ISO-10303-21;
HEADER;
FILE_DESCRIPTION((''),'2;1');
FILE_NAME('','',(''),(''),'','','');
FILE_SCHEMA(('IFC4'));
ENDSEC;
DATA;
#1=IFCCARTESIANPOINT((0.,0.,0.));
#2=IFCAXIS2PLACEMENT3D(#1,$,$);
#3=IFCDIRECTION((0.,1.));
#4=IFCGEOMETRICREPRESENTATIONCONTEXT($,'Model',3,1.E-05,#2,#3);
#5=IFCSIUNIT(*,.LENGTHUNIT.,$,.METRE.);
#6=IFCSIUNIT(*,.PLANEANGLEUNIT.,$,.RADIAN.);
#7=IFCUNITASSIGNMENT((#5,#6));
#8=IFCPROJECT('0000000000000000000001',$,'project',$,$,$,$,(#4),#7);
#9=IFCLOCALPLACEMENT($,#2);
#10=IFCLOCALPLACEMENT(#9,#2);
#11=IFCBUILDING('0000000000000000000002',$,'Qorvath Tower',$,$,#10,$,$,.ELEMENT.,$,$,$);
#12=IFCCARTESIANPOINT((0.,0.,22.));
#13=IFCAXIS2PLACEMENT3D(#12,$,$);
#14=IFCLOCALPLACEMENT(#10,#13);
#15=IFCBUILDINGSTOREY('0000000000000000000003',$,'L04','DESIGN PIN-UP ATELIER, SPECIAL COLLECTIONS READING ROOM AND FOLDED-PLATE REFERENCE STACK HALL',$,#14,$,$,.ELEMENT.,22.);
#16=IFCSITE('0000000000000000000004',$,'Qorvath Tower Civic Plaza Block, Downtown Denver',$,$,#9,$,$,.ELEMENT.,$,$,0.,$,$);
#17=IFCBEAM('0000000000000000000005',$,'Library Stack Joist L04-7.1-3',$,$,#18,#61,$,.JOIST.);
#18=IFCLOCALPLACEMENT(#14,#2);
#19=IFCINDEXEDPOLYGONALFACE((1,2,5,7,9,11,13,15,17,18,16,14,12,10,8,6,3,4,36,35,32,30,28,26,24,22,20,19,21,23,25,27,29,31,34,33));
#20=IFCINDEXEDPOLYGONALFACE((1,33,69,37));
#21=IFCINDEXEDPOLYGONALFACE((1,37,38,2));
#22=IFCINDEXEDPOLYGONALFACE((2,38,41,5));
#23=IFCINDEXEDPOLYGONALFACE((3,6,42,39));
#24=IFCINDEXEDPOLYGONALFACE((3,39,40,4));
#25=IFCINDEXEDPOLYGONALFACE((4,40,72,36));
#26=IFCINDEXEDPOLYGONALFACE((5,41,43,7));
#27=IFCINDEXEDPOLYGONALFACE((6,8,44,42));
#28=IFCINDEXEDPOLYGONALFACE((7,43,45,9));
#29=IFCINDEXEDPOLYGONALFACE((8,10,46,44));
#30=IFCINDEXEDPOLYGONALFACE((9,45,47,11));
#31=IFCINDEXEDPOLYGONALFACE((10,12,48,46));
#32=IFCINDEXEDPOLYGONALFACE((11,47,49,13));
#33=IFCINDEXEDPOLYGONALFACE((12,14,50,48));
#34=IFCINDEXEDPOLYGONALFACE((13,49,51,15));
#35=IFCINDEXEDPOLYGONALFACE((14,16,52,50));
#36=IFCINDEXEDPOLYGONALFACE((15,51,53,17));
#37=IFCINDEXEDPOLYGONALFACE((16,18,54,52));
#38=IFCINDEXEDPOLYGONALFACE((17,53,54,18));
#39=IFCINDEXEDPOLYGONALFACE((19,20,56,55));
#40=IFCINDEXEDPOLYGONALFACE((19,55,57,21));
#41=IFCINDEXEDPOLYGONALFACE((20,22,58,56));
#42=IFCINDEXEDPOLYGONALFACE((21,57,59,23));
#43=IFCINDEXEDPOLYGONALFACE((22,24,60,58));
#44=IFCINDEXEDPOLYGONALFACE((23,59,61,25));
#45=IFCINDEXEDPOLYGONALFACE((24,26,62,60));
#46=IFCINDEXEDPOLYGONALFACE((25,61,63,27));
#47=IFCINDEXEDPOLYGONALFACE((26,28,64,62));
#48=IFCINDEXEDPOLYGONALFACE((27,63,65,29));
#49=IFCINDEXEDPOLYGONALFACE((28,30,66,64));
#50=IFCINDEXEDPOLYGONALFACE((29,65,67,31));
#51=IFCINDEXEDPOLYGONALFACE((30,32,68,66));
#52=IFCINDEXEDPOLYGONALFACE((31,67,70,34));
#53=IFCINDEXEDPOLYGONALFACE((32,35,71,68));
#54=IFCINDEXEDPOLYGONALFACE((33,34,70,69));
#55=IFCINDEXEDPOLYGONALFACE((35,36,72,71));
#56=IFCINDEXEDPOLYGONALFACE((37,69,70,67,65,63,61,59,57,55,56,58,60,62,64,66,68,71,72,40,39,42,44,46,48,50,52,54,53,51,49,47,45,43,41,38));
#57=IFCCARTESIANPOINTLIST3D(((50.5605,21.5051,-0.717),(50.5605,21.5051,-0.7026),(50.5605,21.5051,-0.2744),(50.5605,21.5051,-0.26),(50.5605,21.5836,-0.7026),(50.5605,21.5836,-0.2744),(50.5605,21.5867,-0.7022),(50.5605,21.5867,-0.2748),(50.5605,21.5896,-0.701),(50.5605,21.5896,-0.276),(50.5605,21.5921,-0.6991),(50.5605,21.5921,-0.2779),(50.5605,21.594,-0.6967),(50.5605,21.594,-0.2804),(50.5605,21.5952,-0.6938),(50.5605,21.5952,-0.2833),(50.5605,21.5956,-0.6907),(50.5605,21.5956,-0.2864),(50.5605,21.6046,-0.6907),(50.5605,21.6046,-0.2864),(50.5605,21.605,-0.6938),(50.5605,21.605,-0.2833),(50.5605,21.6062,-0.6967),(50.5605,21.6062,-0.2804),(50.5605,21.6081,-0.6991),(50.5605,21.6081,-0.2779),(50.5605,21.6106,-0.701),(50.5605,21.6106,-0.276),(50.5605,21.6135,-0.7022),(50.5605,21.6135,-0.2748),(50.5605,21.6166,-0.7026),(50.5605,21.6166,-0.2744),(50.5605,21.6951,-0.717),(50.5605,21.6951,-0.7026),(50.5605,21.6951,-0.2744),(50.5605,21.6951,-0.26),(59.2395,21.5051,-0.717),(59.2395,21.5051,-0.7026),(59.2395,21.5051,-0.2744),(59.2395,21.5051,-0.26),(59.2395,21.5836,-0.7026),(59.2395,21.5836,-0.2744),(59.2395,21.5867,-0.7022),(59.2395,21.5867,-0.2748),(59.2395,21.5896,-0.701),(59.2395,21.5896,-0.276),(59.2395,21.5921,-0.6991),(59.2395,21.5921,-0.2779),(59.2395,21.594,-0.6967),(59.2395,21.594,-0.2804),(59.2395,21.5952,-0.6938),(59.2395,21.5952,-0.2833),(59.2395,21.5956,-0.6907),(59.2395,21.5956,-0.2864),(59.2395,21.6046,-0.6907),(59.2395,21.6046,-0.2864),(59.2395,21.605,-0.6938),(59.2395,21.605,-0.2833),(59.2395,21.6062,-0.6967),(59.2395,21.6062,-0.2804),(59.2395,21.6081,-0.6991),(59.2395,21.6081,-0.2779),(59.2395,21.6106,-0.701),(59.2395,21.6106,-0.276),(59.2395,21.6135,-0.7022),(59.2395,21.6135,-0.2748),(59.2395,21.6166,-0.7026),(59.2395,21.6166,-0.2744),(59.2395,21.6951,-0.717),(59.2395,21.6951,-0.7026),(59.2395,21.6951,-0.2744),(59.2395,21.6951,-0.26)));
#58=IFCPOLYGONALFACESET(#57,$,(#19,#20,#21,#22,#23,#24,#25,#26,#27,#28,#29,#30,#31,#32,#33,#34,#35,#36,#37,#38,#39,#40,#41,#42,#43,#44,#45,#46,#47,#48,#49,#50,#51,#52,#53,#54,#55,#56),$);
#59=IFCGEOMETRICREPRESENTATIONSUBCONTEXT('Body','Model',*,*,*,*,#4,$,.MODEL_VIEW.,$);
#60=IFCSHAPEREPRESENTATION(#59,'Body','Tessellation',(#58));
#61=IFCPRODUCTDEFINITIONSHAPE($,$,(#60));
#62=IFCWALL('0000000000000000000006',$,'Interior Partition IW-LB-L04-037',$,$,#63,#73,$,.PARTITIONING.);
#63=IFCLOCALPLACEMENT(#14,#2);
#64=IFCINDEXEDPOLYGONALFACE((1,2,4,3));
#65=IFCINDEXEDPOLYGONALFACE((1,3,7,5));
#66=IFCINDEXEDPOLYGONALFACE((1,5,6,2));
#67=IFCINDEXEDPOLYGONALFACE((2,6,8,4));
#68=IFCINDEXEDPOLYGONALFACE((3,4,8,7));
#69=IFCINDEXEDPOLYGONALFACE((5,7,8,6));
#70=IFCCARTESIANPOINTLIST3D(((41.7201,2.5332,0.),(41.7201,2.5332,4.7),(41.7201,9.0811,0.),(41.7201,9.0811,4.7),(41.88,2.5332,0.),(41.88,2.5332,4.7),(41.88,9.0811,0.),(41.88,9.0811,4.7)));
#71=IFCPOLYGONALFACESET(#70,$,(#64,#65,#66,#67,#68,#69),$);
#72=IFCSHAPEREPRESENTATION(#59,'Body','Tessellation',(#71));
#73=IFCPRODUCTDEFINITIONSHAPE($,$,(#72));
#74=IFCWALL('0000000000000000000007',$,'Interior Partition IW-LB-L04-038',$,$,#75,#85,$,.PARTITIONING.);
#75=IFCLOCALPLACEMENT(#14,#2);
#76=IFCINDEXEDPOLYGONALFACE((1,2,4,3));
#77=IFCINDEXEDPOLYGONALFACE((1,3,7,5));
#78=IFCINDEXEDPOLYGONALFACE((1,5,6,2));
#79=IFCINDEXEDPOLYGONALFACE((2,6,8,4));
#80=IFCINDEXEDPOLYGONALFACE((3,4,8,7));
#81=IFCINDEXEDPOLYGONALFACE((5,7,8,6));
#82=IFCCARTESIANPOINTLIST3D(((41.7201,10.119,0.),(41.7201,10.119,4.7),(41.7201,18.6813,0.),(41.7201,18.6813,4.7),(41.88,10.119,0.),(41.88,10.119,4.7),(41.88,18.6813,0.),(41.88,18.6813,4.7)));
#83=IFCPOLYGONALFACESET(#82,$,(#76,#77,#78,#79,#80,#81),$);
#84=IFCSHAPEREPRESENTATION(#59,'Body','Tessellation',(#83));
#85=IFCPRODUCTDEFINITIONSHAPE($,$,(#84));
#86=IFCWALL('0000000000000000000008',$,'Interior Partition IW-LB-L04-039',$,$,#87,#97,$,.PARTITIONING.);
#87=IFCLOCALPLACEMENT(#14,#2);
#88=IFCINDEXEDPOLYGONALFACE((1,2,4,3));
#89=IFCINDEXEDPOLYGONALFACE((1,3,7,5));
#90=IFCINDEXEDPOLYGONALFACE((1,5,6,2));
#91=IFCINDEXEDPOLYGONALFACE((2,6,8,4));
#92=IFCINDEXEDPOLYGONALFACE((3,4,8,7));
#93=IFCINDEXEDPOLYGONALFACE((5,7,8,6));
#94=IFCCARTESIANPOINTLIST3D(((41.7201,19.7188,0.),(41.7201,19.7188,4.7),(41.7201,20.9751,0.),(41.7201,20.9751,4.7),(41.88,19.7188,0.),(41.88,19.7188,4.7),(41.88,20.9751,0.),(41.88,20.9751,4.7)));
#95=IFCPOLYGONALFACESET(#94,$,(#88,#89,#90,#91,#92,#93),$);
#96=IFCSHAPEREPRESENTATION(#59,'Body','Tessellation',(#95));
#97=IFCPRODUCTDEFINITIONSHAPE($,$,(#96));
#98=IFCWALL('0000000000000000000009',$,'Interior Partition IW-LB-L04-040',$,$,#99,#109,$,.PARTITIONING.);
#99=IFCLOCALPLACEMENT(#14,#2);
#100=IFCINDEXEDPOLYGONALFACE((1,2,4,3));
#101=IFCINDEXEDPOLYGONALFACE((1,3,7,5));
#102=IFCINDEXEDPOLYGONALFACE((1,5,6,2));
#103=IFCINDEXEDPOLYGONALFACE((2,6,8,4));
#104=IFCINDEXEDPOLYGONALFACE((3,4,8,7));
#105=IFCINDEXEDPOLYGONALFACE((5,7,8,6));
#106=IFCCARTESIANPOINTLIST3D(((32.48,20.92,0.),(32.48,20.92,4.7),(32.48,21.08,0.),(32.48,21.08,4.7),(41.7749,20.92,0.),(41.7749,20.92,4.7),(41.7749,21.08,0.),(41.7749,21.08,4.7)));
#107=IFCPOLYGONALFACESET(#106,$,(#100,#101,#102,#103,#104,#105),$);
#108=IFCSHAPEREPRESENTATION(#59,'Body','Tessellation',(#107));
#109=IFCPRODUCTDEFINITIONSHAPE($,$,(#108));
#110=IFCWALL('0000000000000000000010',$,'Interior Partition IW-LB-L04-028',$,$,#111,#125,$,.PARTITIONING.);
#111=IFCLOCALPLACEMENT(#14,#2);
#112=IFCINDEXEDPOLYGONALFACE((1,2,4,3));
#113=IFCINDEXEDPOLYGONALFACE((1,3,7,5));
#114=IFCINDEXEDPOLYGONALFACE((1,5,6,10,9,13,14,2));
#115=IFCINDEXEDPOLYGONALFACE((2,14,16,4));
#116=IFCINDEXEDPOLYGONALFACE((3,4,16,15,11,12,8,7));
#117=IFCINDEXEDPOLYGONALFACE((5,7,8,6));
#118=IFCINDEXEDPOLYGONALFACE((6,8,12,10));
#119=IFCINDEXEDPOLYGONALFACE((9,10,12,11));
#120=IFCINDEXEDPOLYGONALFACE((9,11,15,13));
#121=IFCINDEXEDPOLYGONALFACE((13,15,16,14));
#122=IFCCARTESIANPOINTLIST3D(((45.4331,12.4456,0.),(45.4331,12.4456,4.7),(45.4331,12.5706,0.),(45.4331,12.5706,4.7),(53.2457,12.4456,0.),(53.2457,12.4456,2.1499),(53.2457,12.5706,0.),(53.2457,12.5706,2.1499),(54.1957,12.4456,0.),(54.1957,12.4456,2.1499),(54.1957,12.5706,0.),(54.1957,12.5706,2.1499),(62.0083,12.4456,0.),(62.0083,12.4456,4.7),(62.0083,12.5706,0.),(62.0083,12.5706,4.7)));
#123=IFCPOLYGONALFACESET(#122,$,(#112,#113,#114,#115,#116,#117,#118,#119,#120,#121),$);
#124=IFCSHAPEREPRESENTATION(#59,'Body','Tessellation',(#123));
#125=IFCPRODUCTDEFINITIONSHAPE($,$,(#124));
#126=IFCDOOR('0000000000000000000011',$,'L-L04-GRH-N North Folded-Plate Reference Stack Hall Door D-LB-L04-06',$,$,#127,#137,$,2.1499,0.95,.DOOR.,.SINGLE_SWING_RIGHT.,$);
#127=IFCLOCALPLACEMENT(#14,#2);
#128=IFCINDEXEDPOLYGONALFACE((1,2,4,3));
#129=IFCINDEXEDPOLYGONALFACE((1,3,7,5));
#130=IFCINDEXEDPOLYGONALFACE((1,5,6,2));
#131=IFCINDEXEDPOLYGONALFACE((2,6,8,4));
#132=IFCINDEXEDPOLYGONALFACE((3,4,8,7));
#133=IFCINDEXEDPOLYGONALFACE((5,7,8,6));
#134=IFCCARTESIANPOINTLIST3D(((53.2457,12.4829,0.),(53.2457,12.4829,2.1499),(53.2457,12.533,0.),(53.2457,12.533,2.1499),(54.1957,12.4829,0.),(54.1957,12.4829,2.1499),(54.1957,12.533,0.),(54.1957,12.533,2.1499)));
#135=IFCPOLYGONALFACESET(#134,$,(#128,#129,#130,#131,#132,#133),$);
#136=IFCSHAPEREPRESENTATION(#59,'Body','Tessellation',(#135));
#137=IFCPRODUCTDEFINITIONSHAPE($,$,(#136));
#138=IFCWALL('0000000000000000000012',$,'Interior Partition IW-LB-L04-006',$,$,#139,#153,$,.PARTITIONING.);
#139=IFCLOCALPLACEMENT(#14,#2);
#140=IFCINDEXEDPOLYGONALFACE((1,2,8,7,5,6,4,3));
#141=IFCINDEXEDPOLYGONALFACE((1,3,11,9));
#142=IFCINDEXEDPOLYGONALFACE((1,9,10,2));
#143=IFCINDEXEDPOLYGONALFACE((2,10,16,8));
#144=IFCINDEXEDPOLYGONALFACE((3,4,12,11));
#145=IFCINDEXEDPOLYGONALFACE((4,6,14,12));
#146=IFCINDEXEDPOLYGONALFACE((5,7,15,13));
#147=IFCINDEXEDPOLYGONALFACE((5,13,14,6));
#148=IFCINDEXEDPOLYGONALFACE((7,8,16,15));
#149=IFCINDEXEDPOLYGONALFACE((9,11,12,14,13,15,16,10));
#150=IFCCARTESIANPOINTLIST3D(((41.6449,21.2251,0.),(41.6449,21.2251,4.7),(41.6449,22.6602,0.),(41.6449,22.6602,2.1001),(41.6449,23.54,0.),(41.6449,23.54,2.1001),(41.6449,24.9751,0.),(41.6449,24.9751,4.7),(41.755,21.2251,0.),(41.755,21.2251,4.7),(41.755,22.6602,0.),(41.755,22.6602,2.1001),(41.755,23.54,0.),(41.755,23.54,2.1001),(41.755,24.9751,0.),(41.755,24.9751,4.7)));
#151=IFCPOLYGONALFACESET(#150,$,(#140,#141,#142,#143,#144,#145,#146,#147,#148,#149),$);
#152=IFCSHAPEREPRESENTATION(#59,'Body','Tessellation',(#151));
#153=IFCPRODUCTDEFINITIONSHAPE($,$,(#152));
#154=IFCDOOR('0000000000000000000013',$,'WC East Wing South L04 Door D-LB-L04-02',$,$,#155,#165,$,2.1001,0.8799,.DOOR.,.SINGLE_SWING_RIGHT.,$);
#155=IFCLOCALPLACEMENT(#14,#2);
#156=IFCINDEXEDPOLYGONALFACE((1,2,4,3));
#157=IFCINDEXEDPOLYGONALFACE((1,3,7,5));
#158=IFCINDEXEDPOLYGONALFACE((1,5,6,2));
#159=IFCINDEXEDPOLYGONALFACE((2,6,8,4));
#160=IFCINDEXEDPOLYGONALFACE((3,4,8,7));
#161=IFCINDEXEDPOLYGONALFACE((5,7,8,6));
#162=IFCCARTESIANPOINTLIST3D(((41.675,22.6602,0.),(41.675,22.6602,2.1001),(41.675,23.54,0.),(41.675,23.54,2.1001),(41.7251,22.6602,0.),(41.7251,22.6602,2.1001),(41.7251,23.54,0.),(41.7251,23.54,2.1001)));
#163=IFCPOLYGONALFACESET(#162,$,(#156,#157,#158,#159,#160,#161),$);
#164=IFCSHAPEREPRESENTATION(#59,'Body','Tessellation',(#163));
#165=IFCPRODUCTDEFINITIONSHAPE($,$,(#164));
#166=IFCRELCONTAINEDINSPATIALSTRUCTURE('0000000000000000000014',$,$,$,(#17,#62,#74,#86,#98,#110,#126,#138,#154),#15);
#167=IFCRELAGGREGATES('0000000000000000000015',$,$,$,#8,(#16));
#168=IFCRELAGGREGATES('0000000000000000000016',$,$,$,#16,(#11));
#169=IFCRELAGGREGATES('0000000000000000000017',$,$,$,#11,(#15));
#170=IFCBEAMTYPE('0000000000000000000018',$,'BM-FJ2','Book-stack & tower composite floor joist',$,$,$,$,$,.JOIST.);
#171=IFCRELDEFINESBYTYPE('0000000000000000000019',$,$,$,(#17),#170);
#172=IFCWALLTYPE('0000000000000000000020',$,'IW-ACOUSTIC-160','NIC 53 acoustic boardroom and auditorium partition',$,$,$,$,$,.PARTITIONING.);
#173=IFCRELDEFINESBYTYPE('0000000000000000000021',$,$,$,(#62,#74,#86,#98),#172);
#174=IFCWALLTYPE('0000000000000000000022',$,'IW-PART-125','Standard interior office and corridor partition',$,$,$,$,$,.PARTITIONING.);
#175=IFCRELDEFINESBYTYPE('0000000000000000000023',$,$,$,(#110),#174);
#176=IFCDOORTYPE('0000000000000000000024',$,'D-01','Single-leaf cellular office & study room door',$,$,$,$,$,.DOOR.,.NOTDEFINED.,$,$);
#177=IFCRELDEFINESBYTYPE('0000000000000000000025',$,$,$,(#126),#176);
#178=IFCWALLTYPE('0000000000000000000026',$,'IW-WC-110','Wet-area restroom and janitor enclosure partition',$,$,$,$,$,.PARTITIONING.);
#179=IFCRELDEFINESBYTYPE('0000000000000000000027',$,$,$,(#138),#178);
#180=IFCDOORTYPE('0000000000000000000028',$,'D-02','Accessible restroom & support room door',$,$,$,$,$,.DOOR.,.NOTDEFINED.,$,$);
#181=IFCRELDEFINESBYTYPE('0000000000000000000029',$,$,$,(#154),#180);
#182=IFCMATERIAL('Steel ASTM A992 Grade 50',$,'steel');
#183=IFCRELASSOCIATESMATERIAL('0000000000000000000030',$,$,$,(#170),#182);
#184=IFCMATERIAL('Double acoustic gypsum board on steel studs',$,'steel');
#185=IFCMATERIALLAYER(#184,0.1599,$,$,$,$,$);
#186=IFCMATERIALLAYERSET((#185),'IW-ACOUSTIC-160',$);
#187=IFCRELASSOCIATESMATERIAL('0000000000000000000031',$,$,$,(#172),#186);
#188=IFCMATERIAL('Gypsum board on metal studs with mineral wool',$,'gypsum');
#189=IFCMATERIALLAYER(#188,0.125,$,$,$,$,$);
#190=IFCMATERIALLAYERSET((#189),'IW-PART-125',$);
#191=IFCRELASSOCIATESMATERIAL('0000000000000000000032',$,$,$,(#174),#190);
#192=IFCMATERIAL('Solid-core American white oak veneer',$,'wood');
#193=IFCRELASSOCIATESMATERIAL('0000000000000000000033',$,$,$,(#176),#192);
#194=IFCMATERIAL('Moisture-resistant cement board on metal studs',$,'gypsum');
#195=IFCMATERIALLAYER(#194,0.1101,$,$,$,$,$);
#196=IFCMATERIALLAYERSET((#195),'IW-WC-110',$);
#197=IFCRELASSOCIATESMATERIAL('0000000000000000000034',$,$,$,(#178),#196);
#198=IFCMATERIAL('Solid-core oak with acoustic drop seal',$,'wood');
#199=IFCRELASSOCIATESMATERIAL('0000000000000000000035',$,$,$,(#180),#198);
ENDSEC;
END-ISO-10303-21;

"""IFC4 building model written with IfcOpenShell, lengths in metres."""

from ifc_helpers import new_model, si_unit, direction, frame, frame_2d, origin, origin_2d, place, context, subcontext, project, spatial, rectangle, i_section, extrude, material, layer, layer_set, material_profile, profile_set, type_object, element, fill, save


model = new_model("IFC4")

# Units and contexts
model_context = context("Model", 3, precision=1e-05, world=origin(), true_north=direction((0.0, 1.0)))
body_context = subcontext(model_context, "Body", "Model", "MODEL_VIEW")
ifc_project = project(units=[si_unit("LENGTHUNIT", "METRE"), si_unit("PLANEANGLEUNIT", "RADIAN")], contexts=[model_context])

# Site, building, storey
site_placement = place(None, origin())
site = spatial("IfcSite", under=ifc_project, at=site_placement, Name="Qorvath Tower Civic Plaza Block, Downtown Denver", CompositionType="ELEMENT", RefElevation=0.0)
building_placement = place(site_placement, origin())
building = spatial("IfcBuilding", under=site, at=building_placement, Name="Qorvath Tower", CompositionType="ELEMENT")
storey_placement = place(building_placement, frame((0.0, 0.0, 22.0)))
storey = spatial("IfcBuildingStorey", under=building, at=storey_placement, Name="L04", Description="DESIGN PIN-UP ATELIER, SPECIAL COLLECTIONS READING ROOM AND FOLDED-PLATE REFERENCE STACK HALL", CompositionType="ELEMENT", Elevation=22.0)

# Beam
ifc_material_1 = material(Name="Steel ASTM A992 Grade 50", Category="steel")
ifc_material_profile_1 = material_profile(ifc_material_1, i_section(OverallWidth=0.1899, OverallDepth=0.457, WebThickness=0.009, FlangeThickness=0.0144, FilletRadius=0.012, at=origin_2d()), Name="W18x50")
ifc_profile_set_1 = profile_set([ifc_material_profile_1], Name="Steel ASTM A992 Grade 50")
beam_type_1 = type_object("IfcBeamType", Name="BM-FJ2", Description="Book-stack & tower composite floor joist", PredefinedType="JOIST", material=ifc_profile_set_1)
for number, where, z_axis, x_axis, name in (
    (1, (50.5605, 21.6001, -0.4885), (1.0, 0.0, 0.0), (0.0, 1.0, 0.0), "Library Stack Joist L04-7.1-3"),
):
    element("IfcBeam", number, at=place(storey_placement, frame(where, z_axis=z_axis, x_axis=x_axis)), inside=storey, type_object=beam_type_1, Name=name, PredefinedType="JOIST", context=body_context, shape_type="SweptSolid", body=[
        extrude(i_section(OverallWidth=0.1899, OverallDepth=0.457, WebThickness=0.009, FlangeThickness=0.0144, FilletRadius=0.012, at=origin_2d()), origin(), (0.0, 0.0, 1.0), 8.679),
    ])

# Walls
ifc_material_2 = material(Name="Double acoustic gypsum board on steel studs", Category="steel")
ifc_layer_1 = layer(ifc_material_2, 0.1599)
ifc_layer_set_1 = layer_set([ifc_layer_1], Name="IW-ACOUSTIC-160")
wall_type_1 = type_object("IfcWallType", Name="IW-ACOUSTIC-160", Description="NIC 53 acoustic boardroom and auditorium partition", PredefinedType="PARTITIONING", material=ifc_layer_set_1)
wall_1_placement = place(storey_placement, frame((41.8, 2.5332, 0.0), z_axis=(0.0, 0.0, 1.0), x_axis=(0.0, 1.0, 0.0)))
element("IfcWall", 2, at=wall_1_placement, inside=storey, type_object=wall_type_1, Name="Interior Partition IW-LB-L04-037", PredefinedType="PARTITIONING", context=body_context, shape_type="SweptSolid", body=[
    extrude(rectangle(XDim=6.5479, YDim=0.1599, at=frame_2d((3.2739, 0.0))), origin(), (0.0, 0.0, 1.0), 4.7),
])
wall_2_placement = place(storey_placement, frame((41.8, 10.1189, 0.0), z_axis=(0.0, 0.0, 1.0), x_axis=(0.0, 1.0, 0.0)))
element("IfcWall", 3, at=wall_2_placement, inside=storey, type_object=wall_type_1, Name="Interior Partition IW-LB-L04-038", PredefinedType="PARTITIONING", context=body_context, shape_type="SweptSolid", body=[
    extrude(rectangle(XDim=8.5623, YDim=0.1599, at=frame_2d((4.2812, 0.0))), origin(), (0.0, 0.0, 1.0), 4.7),
])
wall_3_placement = place(storey_placement, frame((41.8, 19.7188, 0.0), z_axis=(0.0, 0.0, 1.0), x_axis=(0.0, 1.0, 0.0)))
element("IfcWall", 4, at=wall_3_placement, inside=storey, type_object=wall_type_1, Name="Interior Partition IW-LB-L04-039", PredefinedType="PARTITIONING", context=body_context, shape_type="SweptSolid", body=[
    extrude(rectangle(XDim=1.2563, YDim=0.1599, at=frame_2d((0.6282, 0.0))), origin(), (0.0, 0.0, 1.0), 4.7),
])
wall_4_placement = place(storey_placement, frame((41.7749, 21.0, 0.0), z_axis=(0.0, 0.0, 1.0), x_axis=(-1.0, 0.0, 0.0)))
element("IfcWall", 5, at=wall_4_placement, inside=storey, type_object=wall_type_1, Name="Interior Partition IW-LB-L04-040", PredefinedType="PARTITIONING", context=body_context, shape_type="SweptSolid", body=[
    extrude(rectangle(XDim=9.2949, YDim=0.1599, at=frame_2d((4.6475, 0.0))), origin(), (0.0, 0.0, 1.0), 4.7),
])

# Walls, openings, doors
ifc_material_3 = material(Name="Gypsum board on metal studs with mineral wool", Category="gypsum")
ifc_layer_2 = layer(ifc_material_3, 0.125)
ifc_layer_set_2 = layer_set([ifc_layer_2], Name="IW-PART-125")
wall_type_2 = type_object("IfcWallType", Name="IW-PART-125", Description="Standard interior office and corridor partition", PredefinedType="PARTITIONING", material=ifc_layer_set_2)
wall_5_placement = place(storey_placement, frame((45.4331, 12.5081, 0.0), z_axis=(0.0, 0.0, 1.0), x_axis=(1.0, 0.0, 0.0)))
wall_5 = element("IfcWall", 6, at=wall_5_placement, inside=storey, type_object=wall_type_2, Name="Interior Partition IW-LB-L04-028", PredefinedType="PARTITIONING", context=body_context, shape_type="SweptSolid", body=[
    extrude(rectangle(XDim=16.5752, YDim=0.125, at=frame_2d((8.2876, 0.0))), origin(), (0.0, 0.0, 1.0), 4.7),
])
opening_1_placement = place(wall_5_placement, frame((7.8125, 0.0, 0.0)))
opening_1 = element("IfcOpeningElement", 7, at=opening_1_placement, cuts=wall_5, PredefinedType="OPENING", context=body_context, shape_type="SweptSolid", body=[
    extrude(rectangle(XDim=0.95, YDim=2.1499, at=frame_2d((0.4751, 1.075))), frame((0.0, 0.0725, 0.0), z_axis=(0.0, -1.0, 0.0), x_axis=(1.0, 0.0, 0.0)), (0.0, 0.0, 1.0), 0.145),
])
ifc_material_4 = material(Name="Solid-core American white oak veneer", Category="wood")
door_type_1 = type_object("IfcDoorType", Name="D-01", Description="Single-leaf cellular office & study room door", OperationType="NOTDEFINED", PredefinedType="DOOR", material=ifc_material_4)
door_1_placement = place(opening_1_placement, origin())
door_1 = element("IfcDoor", 8, at=door_1_placement, inside=storey, type_object=door_type_1, Name="L-L04-GRH-N North Folded-Plate Reference Stack Hall Door D-LB-L04-06", OperationType="SINGLE_SWING_RIGHT", OverallHeight=2.1499, OverallWidth=0.95, PredefinedType="DOOR", context=body_context, shape_type="SweptSolid", body=[
    extrude(rectangle(XDim=0.95, YDim=2.1499, at=frame_2d((0.4751, 1.075))), frame((0.0, 0.0249, 0.0), z_axis=(0.0, -1.0, 0.0), x_axis=(1.0, 0.0, 0.0)), (0.0, 0.0, 1.0), 0.05),
])
fill(opening_1, door_1)
ifc_material_5 = material(Name="Moisture-resistant cement board on metal studs", Category="gypsum")
ifc_layer_3 = layer(ifc_material_5, 0.1101)
ifc_layer_set_3 = layer_set([ifc_layer_3], Name="IW-WC-110")
wall_type_3 = type_object("IfcWallType", Name="IW-WC-110", Description="Wet-area restroom and janitor enclosure partition", PredefinedType="PARTITIONING", material=ifc_layer_set_3)
wall_6_placement = place(storey_placement, frame((41.7, 21.2251, 0.0), z_axis=(0.0, 0.0, 1.0), x_axis=(0.0, 1.0, 0.0)))
wall_6 = element("IfcWall", 9, at=wall_6_placement, inside=storey, type_object=wall_type_3, Name="Interior Partition IW-LB-L04-006", PredefinedType="PARTITIONING", context=body_context, shape_type="SweptSolid", body=[
    extrude(rectangle(XDim=3.75, YDim=0.1101, at=frame_2d((1.875, 0.0))), origin(), (0.0, 0.0, 1.0), 4.7),
])
opening_2_placement = place(wall_6_placement, frame((1.4351, 0.0, 0.0)))
opening_2 = element("IfcOpeningElement", 10, at=opening_2_placement, cuts=wall_6, PredefinedType="OPENING", context=body_context, shape_type="SweptSolid", body=[
    extrude(rectangle(XDim=0.8799, YDim=2.1001, at=frame_2d((0.4399, 1.05))), frame((0.0, 0.0649, 0.0), z_axis=(0.0, -1.0, 0.0), x_axis=(1.0, 0.0, 0.0)), (0.0, 0.0, 1.0), 0.1301),
])
ifc_material_6 = material(Name="Solid-core oak with acoustic drop seal", Category="wood")
door_type_2 = type_object("IfcDoorType", Name="D-02", Description="Accessible restroom & support room door", OperationType="NOTDEFINED", PredefinedType="DOOR", material=ifc_material_6)
door_2_placement = place(opening_2_placement, origin())
door_2 = element("IfcDoor", 11, at=door_2_placement, inside=storey, type_object=door_type_2, Name="WC East Wing South L04 Door D-LB-L04-02", OperationType="SINGLE_SWING_RIGHT", OverallHeight=2.1001, OverallWidth=0.8799, PredefinedType="DOOR", context=body_context, shape_type="SweptSolid", body=[
    extrude(rectangle(XDim=0.8799, YDim=2.1001, at=frame_2d((0.4399, 1.05))), frame((0.0, 0.0249, 0.0), z_axis=(0.0, -1.0, 0.0), x_axis=(1.0, 0.0, 0.0)), (0.0, 0.0, 1.0), 0.05),
])
fill(opening_2, door_2)

save(model, "model.ifc")
